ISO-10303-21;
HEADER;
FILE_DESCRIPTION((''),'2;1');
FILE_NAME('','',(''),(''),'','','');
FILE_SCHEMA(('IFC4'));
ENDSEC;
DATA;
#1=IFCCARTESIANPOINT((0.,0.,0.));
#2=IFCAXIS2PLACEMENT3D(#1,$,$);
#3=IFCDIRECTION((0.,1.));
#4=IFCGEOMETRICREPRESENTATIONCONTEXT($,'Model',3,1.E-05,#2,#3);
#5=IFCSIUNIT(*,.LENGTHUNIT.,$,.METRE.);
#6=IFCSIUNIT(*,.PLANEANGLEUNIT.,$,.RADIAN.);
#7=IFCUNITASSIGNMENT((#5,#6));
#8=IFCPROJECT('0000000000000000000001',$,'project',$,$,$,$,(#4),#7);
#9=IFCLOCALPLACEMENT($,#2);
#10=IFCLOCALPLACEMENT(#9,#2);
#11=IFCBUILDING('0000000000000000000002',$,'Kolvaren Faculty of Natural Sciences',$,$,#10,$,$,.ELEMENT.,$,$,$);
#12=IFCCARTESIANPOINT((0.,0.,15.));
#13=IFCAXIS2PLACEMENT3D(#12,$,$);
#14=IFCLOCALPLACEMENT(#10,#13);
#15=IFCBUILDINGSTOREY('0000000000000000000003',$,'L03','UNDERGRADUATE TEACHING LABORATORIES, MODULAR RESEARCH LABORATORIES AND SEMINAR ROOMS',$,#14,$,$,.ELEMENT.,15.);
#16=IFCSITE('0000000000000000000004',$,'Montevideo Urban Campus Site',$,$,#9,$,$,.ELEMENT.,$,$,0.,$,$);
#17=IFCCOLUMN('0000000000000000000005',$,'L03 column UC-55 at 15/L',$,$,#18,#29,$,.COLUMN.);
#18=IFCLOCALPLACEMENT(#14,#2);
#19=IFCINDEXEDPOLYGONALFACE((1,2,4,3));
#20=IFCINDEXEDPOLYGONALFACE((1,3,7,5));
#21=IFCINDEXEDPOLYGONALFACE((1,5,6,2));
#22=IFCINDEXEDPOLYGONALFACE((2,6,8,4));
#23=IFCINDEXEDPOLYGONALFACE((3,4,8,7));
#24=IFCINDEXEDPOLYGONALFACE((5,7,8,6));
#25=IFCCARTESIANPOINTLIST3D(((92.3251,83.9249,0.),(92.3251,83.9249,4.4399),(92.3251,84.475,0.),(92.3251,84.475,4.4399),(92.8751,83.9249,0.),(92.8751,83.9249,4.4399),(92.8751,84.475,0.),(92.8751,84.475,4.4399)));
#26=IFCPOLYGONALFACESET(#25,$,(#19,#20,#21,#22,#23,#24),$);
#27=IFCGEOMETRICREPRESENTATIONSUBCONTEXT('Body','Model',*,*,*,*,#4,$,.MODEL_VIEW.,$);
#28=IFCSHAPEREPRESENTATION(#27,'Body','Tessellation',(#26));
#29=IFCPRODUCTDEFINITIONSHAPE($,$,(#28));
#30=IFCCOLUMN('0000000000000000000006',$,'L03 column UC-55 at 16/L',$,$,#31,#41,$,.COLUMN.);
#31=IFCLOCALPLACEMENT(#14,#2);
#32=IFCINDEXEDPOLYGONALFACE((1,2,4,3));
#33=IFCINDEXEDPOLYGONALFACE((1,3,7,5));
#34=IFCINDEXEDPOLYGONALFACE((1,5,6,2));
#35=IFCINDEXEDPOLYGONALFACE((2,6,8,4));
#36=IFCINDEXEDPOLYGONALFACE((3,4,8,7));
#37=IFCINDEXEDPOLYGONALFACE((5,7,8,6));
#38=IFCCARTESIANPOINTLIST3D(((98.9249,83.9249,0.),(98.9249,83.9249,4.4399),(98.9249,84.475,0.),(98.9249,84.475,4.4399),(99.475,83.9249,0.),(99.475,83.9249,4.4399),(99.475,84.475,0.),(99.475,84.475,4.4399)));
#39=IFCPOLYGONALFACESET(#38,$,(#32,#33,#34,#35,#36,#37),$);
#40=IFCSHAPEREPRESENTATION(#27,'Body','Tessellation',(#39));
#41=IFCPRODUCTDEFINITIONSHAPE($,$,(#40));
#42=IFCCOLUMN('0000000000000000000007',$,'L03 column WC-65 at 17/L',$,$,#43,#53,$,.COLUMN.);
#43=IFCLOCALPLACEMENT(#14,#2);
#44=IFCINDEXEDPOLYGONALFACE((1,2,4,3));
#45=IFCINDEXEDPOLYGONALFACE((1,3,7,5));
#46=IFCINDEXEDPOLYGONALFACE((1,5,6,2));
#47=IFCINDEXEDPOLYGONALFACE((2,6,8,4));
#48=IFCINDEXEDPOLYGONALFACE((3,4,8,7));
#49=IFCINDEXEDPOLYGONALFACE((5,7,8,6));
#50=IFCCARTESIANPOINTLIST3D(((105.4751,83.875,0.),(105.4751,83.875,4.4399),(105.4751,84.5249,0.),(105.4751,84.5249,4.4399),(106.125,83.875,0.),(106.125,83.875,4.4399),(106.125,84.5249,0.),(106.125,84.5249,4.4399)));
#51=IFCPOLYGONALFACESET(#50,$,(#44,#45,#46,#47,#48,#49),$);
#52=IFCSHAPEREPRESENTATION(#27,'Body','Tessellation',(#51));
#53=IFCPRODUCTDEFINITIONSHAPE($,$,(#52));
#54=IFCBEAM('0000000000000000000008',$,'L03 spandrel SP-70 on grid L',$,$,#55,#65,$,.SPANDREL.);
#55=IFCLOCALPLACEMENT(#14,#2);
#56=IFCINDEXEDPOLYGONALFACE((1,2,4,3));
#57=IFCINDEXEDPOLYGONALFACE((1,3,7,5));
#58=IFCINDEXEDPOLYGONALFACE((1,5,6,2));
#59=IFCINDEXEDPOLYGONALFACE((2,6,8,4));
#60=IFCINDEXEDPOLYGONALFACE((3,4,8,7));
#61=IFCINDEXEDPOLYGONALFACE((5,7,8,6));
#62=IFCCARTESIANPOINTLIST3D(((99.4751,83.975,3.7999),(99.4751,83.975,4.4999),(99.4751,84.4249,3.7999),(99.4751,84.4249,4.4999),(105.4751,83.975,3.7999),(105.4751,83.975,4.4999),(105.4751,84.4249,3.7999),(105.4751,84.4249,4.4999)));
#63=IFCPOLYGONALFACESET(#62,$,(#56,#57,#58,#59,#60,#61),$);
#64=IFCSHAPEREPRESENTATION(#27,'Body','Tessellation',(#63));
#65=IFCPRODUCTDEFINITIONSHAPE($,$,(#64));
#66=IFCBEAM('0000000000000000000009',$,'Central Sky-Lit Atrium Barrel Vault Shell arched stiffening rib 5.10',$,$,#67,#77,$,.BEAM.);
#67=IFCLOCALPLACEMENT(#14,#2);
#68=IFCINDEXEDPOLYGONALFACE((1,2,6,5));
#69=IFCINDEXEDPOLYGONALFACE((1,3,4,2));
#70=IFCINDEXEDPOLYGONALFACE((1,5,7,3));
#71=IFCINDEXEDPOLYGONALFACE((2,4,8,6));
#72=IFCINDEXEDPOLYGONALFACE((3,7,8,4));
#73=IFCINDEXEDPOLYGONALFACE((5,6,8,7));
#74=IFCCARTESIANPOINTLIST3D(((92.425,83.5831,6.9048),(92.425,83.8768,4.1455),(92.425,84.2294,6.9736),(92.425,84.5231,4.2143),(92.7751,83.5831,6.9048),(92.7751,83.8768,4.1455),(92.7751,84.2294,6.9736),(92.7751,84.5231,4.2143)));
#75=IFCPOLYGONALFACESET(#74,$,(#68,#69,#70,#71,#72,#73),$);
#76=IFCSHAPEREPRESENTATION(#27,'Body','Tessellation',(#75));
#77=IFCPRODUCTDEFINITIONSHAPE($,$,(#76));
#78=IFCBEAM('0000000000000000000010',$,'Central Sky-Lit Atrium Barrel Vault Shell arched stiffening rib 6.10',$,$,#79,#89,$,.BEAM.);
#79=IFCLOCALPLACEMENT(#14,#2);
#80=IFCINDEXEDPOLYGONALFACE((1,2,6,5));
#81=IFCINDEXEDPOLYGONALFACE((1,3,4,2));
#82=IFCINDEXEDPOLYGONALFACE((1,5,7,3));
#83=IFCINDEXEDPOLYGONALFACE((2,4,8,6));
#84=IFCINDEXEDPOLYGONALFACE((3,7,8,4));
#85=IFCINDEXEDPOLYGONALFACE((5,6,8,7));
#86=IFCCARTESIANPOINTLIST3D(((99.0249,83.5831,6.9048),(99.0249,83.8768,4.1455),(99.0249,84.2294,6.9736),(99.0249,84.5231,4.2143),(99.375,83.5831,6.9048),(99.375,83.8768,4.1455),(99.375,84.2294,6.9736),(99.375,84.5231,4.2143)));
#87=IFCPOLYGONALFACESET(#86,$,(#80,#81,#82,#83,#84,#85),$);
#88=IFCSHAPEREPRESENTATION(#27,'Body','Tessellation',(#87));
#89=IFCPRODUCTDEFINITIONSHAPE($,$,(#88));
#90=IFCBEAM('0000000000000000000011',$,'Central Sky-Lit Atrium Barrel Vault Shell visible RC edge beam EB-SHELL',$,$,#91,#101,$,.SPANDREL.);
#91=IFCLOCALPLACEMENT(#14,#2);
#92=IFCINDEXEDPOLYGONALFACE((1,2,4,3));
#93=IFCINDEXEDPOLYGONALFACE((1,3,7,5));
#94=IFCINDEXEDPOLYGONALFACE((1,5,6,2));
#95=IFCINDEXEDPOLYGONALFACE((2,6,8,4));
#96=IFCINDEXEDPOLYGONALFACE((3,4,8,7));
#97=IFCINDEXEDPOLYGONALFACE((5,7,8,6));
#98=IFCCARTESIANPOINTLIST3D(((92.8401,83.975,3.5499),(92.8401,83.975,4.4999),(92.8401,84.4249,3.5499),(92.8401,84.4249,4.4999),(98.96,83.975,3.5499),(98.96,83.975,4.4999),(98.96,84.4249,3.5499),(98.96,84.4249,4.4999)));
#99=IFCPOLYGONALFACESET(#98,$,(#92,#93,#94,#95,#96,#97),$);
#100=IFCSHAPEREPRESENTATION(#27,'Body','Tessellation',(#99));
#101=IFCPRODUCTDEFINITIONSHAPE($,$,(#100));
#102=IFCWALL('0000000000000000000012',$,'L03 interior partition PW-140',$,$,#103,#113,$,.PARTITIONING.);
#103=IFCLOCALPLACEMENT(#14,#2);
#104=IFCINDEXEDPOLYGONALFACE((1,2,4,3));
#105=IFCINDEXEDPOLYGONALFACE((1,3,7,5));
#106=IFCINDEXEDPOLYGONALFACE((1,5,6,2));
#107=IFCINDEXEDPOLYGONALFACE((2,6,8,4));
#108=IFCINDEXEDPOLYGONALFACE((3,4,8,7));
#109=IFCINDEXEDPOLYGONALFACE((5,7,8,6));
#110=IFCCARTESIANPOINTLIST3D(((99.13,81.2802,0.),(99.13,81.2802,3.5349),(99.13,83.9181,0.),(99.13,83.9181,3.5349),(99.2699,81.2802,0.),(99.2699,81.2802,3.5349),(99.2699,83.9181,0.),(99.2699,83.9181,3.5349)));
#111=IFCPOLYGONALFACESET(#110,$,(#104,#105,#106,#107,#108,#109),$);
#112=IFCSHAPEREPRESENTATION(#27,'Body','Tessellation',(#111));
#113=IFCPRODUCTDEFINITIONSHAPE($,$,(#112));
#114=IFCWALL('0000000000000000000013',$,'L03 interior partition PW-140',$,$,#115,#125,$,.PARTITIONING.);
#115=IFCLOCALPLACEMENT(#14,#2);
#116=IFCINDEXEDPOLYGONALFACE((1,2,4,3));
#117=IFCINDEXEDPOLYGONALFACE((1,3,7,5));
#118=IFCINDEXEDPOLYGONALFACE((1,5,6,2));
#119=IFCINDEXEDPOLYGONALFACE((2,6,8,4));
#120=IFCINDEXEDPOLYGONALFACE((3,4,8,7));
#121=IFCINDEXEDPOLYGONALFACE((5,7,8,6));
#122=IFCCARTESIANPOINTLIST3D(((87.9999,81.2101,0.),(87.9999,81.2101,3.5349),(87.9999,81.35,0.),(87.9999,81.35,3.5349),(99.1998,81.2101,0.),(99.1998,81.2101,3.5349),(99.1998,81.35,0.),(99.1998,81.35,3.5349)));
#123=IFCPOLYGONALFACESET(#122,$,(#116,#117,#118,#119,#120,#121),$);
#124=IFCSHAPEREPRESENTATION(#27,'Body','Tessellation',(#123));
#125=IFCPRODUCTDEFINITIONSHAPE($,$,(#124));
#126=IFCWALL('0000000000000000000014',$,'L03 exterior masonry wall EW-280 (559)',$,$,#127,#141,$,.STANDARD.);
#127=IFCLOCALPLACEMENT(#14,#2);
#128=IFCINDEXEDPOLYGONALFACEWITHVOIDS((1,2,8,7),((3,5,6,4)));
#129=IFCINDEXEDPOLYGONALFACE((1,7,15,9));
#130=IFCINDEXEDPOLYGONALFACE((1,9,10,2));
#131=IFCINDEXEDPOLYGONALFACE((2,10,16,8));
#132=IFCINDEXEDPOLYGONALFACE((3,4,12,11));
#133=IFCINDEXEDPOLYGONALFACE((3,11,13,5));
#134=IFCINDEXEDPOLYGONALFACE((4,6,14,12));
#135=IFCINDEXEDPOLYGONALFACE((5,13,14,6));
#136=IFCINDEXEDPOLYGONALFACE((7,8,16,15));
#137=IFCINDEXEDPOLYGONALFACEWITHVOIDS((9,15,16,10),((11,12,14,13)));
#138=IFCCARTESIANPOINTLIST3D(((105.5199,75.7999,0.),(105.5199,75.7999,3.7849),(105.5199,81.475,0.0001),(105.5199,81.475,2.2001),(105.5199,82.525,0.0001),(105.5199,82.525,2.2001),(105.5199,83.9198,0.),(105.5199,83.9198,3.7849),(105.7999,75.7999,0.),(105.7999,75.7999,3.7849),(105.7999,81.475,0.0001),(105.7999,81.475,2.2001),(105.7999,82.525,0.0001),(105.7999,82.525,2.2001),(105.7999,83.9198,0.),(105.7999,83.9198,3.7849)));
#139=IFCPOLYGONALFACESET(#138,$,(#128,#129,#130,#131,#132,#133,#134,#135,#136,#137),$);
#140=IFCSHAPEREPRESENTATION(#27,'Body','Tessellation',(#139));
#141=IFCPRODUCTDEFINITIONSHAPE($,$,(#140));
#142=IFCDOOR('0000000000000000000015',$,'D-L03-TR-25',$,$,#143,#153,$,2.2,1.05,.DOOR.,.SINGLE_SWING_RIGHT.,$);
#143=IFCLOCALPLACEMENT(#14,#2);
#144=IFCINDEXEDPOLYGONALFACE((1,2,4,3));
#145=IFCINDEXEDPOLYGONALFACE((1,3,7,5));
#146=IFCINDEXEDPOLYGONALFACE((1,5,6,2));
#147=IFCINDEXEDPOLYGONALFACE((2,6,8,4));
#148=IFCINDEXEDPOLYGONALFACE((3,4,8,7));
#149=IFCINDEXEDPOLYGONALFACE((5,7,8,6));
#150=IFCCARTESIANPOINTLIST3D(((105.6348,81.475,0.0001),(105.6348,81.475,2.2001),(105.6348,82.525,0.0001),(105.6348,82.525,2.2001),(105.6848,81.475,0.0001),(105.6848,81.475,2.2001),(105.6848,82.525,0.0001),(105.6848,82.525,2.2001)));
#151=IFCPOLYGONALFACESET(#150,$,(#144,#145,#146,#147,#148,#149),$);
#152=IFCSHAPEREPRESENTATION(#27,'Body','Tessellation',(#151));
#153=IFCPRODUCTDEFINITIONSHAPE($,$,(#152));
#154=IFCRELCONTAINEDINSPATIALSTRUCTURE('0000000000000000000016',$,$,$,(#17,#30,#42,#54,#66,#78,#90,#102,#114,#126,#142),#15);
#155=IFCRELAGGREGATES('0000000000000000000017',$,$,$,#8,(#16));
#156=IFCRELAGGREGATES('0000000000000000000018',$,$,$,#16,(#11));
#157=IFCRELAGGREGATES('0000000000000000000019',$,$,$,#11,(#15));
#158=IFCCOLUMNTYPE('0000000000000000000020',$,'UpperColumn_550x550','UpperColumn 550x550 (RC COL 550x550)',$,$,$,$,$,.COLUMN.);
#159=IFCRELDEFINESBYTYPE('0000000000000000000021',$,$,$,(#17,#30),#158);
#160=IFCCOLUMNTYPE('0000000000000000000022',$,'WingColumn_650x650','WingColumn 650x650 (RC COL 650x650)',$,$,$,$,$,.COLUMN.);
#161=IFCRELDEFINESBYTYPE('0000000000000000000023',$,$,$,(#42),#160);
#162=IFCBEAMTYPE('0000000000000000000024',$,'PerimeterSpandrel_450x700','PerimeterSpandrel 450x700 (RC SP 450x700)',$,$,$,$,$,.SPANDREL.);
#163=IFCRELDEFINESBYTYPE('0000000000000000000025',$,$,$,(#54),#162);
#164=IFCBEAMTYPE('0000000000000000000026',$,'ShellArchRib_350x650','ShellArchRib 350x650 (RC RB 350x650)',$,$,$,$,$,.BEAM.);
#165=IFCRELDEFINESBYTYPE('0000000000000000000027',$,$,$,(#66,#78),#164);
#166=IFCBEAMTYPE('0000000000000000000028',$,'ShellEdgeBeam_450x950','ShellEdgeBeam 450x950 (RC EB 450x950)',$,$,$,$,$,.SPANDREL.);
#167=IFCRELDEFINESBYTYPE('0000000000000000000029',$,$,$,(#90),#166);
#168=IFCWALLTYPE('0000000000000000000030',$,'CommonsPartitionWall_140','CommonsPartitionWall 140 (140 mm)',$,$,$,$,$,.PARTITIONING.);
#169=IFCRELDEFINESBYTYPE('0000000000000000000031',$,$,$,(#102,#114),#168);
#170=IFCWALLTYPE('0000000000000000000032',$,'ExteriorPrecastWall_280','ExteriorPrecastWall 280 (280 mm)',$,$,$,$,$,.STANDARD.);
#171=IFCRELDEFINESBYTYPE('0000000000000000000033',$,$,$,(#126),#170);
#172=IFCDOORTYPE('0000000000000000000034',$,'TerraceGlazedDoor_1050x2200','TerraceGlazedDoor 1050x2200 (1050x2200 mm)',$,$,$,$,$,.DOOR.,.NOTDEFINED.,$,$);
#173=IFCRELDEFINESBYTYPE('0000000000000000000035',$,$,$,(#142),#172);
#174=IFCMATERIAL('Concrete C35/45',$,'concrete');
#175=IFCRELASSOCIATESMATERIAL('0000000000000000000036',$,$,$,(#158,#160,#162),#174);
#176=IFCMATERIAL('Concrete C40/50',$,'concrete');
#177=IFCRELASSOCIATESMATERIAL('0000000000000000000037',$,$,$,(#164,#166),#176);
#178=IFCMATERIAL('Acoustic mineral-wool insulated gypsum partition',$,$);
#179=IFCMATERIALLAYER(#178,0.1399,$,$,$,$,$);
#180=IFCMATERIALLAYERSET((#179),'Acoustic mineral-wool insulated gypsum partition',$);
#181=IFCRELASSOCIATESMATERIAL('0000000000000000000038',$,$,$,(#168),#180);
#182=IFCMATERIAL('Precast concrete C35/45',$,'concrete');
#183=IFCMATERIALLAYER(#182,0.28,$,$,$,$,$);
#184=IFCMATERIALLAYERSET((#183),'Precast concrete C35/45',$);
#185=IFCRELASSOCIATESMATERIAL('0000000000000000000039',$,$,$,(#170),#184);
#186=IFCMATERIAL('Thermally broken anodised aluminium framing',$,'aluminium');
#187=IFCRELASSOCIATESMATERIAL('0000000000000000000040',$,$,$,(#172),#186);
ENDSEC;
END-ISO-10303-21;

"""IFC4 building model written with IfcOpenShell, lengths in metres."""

from ifc_helpers import new_model, si_unit, direction, frame, frame_2d, origin, origin_2d, place, context, subcontext, project, spatial, rectangle, extrude, material, layer, layer_set, material_profile, profile_set, type_object, element, fill, save


model = new_model("IFC4")

# Units and contexts
model_context = context("Model", 3, precision=1e-05, world=origin(), true_north=direction((0.0, 1.0)))
body_context = subcontext(model_context, "Body", "Model", "MODEL_VIEW")
ifc_project = project(units=[si_unit("LENGTHUNIT", "METRE"), si_unit("PLANEANGLEUNIT", "RADIAN")], contexts=[model_context])

# Site, building, storey
site_placement = place(None, origin())
site = spatial("IfcSite", under=ifc_project, at=site_placement, Name="Montevideo Urban Campus Site", CompositionType="ELEMENT", RefElevation=0.0)
building_placement = place(site_placement, origin())
building = spatial("IfcBuilding", under=site, at=building_placement, Name="Kolvaren Faculty of Natural Sciences", CompositionType="ELEMENT")
storey_placement = place(building_placement, frame((0.0, 0.0, 15.0)))
storey = spatial("IfcBuildingStorey", under=building, at=storey_placement, Name="L03", Description="UNDERGRADUATE TEACHING LABORATORIES, MODULAR RESEARCH LABORATORIES AND SEMINAR ROOMS", CompositionType="ELEMENT", Elevation=15.0)

# Columns
ifc_material_1 = material(Name="Concrete C35/45", Category="concrete")
ifc_material_profile_1 = material_profile(ifc_material_1, rectangle(XDim=0.55, YDim=0.55, at=origin_2d()), Name="RC COL 550x550")
ifc_profile_set_1 = profile_set([ifc_material_profile_1], Name="Concrete C35/45")
column_type_1 = type_object("IfcColumnType", Name="UpperColumn_550x550", Description="UpperColumn 550x550 (RC COL 550x550)", PredefinedType="COLUMN", material=ifc_profile_set_1)
for number, where, z_axis, x_axis, name in (
    (1, (92.6001, 84.2, 0.0), (0.0, 0.0, 1.0), (1.0, 0.0, 0.0), "L03 column UC-55 at 15/L"),
    (2, (99.2, 84.2, 0.0), (0.0, 0.0, 1.0), (1.0, 0.0, 0.0), "L03 column UC-55 at 16/L"),
):
    element("IfcColumn", number, at=place(storey_placement, frame(where, z_axis=z_axis, x_axis=x_axis)), inside=storey, type_object=column_type_1, Name=name, PredefinedType="COLUMN", context=body_context, shape_type="SweptSolid", body=[
        extrude(rectangle(XDim=0.55, YDim=0.55, at=origin_2d()), origin(), (0.0, 0.0, 1.0), 4.4399),
    ])
ifc_material_profile_2 = material_profile(ifc_material_1, rectangle(XDim=0.6499, YDim=0.6499, at=origin_2d()), Name="RC COL 650x650")
ifc_profile_set_2 = profile_set([ifc_material_profile_2], Name="Concrete C35/45")
column_type_2 = type_object("IfcColumnType", Name="WingColumn_650x650", Description="WingColumn 650x650 (RC COL 650x650)", PredefinedType="COLUMN", material=ifc_profile_set_2)
column_placement = place(storey_placement, frame((105.8, 84.2, 0.0), z_axis=(0.0, 0.0, 1.0), x_axis=(1.0, 0.0, 0.0)))
element("IfcColumn", 3, at=column_placement, inside=storey, type_object=column_type_2, Name="L03 column WC-65 at 17/L", PredefinedType="COLUMN", context=body_context, shape_type="SweptSolid", body=[
    extrude(rectangle(XDim=0.6499, YDim=0.6499, at=origin_2d()), origin(), (0.0, 0.0, 1.0), 4.4399),
])

# Beams
ifc_material_profile_3 = material_profile(ifc_material_1, rectangle(XDim=0.45, YDim=0.7, at=origin_2d()), Name="RC SP 450x700")
ifc_profile_set_3 = profile_set([ifc_material_profile_3], Name="Concrete C35/45")
beam_type_1 = type_object("IfcBeamType", Name="PerimeterSpandrel_450x700", Description="PerimeterSpandrel 450x700 (RC SP 450x700)", PredefinedType="SPANDREL", material=ifc_profile_set_3)
beam_1_placement = place(storey_placement, frame((99.4751, 84.2, 4.1499), z_axis=(1.0, 0.0, 0.0), x_axis=(0.0, 1.0, 0.0)))
element("IfcBeam", 4, at=beam_1_placement, inside=storey, type_object=beam_type_1, Name="L03 spandrel SP-70 on grid L", PredefinedType="SPANDREL", context=body_context, shape_type="SweptSolid", body=[
    extrude(rectangle(XDim=0.45, YDim=0.7, at=origin_2d()), origin(), (0.0, 0.0, 1.0), 6.0),
])
ifc_material_2 = material(Name="Concrete C40/50", Category="concrete")
ifc_material_profile_4 = material_profile(ifc_material_2, rectangle(XDim=0.3501, YDim=0.6499, at=origin_2d()), Name="RC RB 350x650")
ifc_profile_set_4 = profile_set([ifc_material_profile_4], Name="Concrete C40/50")
beam_type_2 = type_object("IfcBeamType", Name="ShellArchRib_350x650", Description="ShellArchRib 350x650 (RC RB 350x650)", PredefinedType="BEAM", material=ifc_profile_set_4)
for number, where, z_axis, x_axis, name in (
    (5, (92.6001, 83.9062, 6.9392), (0.0, 0.105843, -0.994383), (-1.0, 0.0, 0.0), "Central Sky-Lit Atrium Barrel Vault Shell arched stiffening rib 5.10"),
    (6, (99.2, 83.9062, 6.9392), (0.0, 0.105843, -0.994383), (-1.0, 0.0, 0.0), "Central Sky-Lit Atrium Barrel Vault Shell arched stiffening rib 6.10"),
):
    element("IfcBeam", number, at=place(storey_placement, frame(where, z_axis=z_axis, x_axis=x_axis)), inside=storey, type_object=beam_type_2, Name=name, PredefinedType="BEAM", context=body_context, shape_type="SweptSolid", body=[
        extrude(rectangle(XDim=0.3501, YDim=0.6499, at=origin_2d()), origin(), (0.0, 0.0, 1.0), 2.7749),
    ])
ifc_material_profile_5 = material_profile(ifc_material_2, rectangle(XDim=0.45, YDim=0.95, at=origin_2d()), Name="RC EB 450x950")
ifc_profile_set_5 = profile_set([ifc_material_profile_5], Name="Concrete C40/50")
beam_type_3 = type_object("IfcBeamType", Name="ShellEdgeBeam_450x950", Description="ShellEdgeBeam 450x950 (RC EB 450x950)", PredefinedType="SPANDREL", material=ifc_profile_set_5)
beam_2_placement = place(storey_placement, frame((92.8401, 84.2, 4.0249), z_axis=(1.0, 0.0, 0.0), x_axis=(0.0, 1.0, 0.0)))
element("IfcBeam", 7, at=beam_2_placement, inside=storey, type_object=beam_type_3, Name="Central Sky-Lit Atrium Barrel Vault Shell visible RC edge beam EB-SHELL", PredefinedType="SPANDREL", context=body_context, shape_type="SweptSolid", body=[
    extrude(rectangle(XDim=0.45, YDim=0.95, at=origin_2d()), origin(), (0.0, 0.0, 1.0), 6.1199),
])

# Walls
ifc_material_3 = material(Name="Acoustic mineral-wool insulated gypsum partition")
ifc_layer_1 = layer(ifc_material_3, 0.1399)
ifc_layer_set_1 = layer_set([ifc_layer_1], Name="Acoustic mineral-wool insulated gypsum partition")
wall_type_1 = type_object("IfcWallType", Name="CommonsPartitionWall_140", Description="CommonsPartitionWall 140 (140 mm)", PredefinedType="PARTITIONING", material=ifc_layer_set_1)
wall_1_placement = place(storey_placement, frame((99.2, 83.918, 0.0), z_axis=(0.0, 0.0, 1.0), x_axis=(0.0, -1.0, 0.0)))
element("IfcWall", 8, at=wall_1_placement, inside=storey, type_object=wall_type_1, Name="L03 interior partition PW-140", PredefinedType="PARTITIONING", context=body_context, shape_type="SweptSolid", body=[
    extrude(rectangle(XDim=2.6379, YDim=0.1399, at=frame_2d((1.3188, 0.0))), origin(), (0.0, 0.0, 1.0), 3.5349),
])
wall_2_placement = place(storey_placement, frame((99.2, 81.28, 0.0), z_axis=(0.0, 0.0, 1.0), x_axis=(-1.0, 0.0, 0.0)))
element("IfcWall", 9, at=wall_2_placement, inside=storey, type_object=wall_type_1, Name="L03 interior partition PW-140", PredefinedType="PARTITIONING", context=body_context, shape_type="SweptSolid", body=[
    extrude(rectangle(XDim=11.2, YDim=0.1399, at=frame_2d((5.6001, 0.0))), origin(), (0.0, 0.0, 1.0), 3.5349),
])

# Wall, opening, door
ifc_material_4 = material(Name="Precast concrete C35/45", Category="concrete")
ifc_layer_2 = layer(ifc_material_4, 0.28)
ifc_layer_set_2 = layer_set([ifc_layer_2], Name="Precast concrete C35/45")
wall_type_2 = type_object("IfcWallType", Name="ExteriorPrecastWall_280", Description="ExteriorPrecastWall 280 (280 mm)", PredefinedType="STANDARD", material=ifc_layer_set_2)
wall_3_placement = place(storey_placement, frame((105.6599, 83.9199, 0.0), z_axis=(0.0, 0.0, 1.0), x_axis=(0.0, -1.0, 0.0)))
wall_3 = element("IfcWall", 10, at=wall_3_placement, inside=storey, type_object=wall_type_2, Name="L03 exterior masonry wall EW-280 (559)", PredefinedType="STANDARD", context=body_context, shape_type="SweptSolid", body=[
    extrude(rectangle(XDim=8.1199, YDim=0.28, at=frame_2d((4.0601, 0.0))), origin(), (0.0, 0.0, 1.0), 3.7849),
])
opening_1_placement = place(wall_3_placement, frame((1.395, 0.0, 0.0)))
opening_1 = element("IfcOpeningElement", 11, at=opening_1_placement, cuts=wall_3, PredefinedType="OPENING", context=body_context, shape_type="SweptSolid", body=[
    extrude(rectangle(XDim=1.05, YDim=2.2, at=frame_2d((0.5249, 1.1001))), frame((0.0, 0.1499, 0.0), z_axis=(0.0, -1.0, 0.0), x_axis=(1.0, 0.0, 0.0)), (0.0, 0.0, 1.0), 0.3),
])
ifc_material_5 = material(Name="Thermally broken anodised aluminium framing", Category="aluminium")
door_type_1 = type_object("IfcDoorType", Name="TerraceGlazedDoor_1050x2200", Description="TerraceGlazedDoor 1050x2200 (1050x2200 mm)", OperationType="NOTDEFINED", PredefinedType="DOOR", material=ifc_material_5)
door_1_placement = place(opening_1_placement, origin())
door_1 = element("IfcDoor", 12, at=door_1_placement, inside=storey, type_object=door_type_1, Name="D-L03-TR-25", OperationType="SINGLE_SWING_RIGHT", OverallHeight=2.2, OverallWidth=1.05, PredefinedType="DOOR", context=body_context, shape_type="SweptSolid", body=[
    extrude(rectangle(XDim=1.05, YDim=2.2, at=frame_2d((0.5249, 1.1001))), frame((0.0, 0.0249, 0.0), z_axis=(0.0, -1.0, 0.0), x_axis=(1.0, 0.0, 0.0)), (0.0, 0.0, 1.0), 0.05),
])
fill(opening_1, door_1)

save(model, "model.ifc")
